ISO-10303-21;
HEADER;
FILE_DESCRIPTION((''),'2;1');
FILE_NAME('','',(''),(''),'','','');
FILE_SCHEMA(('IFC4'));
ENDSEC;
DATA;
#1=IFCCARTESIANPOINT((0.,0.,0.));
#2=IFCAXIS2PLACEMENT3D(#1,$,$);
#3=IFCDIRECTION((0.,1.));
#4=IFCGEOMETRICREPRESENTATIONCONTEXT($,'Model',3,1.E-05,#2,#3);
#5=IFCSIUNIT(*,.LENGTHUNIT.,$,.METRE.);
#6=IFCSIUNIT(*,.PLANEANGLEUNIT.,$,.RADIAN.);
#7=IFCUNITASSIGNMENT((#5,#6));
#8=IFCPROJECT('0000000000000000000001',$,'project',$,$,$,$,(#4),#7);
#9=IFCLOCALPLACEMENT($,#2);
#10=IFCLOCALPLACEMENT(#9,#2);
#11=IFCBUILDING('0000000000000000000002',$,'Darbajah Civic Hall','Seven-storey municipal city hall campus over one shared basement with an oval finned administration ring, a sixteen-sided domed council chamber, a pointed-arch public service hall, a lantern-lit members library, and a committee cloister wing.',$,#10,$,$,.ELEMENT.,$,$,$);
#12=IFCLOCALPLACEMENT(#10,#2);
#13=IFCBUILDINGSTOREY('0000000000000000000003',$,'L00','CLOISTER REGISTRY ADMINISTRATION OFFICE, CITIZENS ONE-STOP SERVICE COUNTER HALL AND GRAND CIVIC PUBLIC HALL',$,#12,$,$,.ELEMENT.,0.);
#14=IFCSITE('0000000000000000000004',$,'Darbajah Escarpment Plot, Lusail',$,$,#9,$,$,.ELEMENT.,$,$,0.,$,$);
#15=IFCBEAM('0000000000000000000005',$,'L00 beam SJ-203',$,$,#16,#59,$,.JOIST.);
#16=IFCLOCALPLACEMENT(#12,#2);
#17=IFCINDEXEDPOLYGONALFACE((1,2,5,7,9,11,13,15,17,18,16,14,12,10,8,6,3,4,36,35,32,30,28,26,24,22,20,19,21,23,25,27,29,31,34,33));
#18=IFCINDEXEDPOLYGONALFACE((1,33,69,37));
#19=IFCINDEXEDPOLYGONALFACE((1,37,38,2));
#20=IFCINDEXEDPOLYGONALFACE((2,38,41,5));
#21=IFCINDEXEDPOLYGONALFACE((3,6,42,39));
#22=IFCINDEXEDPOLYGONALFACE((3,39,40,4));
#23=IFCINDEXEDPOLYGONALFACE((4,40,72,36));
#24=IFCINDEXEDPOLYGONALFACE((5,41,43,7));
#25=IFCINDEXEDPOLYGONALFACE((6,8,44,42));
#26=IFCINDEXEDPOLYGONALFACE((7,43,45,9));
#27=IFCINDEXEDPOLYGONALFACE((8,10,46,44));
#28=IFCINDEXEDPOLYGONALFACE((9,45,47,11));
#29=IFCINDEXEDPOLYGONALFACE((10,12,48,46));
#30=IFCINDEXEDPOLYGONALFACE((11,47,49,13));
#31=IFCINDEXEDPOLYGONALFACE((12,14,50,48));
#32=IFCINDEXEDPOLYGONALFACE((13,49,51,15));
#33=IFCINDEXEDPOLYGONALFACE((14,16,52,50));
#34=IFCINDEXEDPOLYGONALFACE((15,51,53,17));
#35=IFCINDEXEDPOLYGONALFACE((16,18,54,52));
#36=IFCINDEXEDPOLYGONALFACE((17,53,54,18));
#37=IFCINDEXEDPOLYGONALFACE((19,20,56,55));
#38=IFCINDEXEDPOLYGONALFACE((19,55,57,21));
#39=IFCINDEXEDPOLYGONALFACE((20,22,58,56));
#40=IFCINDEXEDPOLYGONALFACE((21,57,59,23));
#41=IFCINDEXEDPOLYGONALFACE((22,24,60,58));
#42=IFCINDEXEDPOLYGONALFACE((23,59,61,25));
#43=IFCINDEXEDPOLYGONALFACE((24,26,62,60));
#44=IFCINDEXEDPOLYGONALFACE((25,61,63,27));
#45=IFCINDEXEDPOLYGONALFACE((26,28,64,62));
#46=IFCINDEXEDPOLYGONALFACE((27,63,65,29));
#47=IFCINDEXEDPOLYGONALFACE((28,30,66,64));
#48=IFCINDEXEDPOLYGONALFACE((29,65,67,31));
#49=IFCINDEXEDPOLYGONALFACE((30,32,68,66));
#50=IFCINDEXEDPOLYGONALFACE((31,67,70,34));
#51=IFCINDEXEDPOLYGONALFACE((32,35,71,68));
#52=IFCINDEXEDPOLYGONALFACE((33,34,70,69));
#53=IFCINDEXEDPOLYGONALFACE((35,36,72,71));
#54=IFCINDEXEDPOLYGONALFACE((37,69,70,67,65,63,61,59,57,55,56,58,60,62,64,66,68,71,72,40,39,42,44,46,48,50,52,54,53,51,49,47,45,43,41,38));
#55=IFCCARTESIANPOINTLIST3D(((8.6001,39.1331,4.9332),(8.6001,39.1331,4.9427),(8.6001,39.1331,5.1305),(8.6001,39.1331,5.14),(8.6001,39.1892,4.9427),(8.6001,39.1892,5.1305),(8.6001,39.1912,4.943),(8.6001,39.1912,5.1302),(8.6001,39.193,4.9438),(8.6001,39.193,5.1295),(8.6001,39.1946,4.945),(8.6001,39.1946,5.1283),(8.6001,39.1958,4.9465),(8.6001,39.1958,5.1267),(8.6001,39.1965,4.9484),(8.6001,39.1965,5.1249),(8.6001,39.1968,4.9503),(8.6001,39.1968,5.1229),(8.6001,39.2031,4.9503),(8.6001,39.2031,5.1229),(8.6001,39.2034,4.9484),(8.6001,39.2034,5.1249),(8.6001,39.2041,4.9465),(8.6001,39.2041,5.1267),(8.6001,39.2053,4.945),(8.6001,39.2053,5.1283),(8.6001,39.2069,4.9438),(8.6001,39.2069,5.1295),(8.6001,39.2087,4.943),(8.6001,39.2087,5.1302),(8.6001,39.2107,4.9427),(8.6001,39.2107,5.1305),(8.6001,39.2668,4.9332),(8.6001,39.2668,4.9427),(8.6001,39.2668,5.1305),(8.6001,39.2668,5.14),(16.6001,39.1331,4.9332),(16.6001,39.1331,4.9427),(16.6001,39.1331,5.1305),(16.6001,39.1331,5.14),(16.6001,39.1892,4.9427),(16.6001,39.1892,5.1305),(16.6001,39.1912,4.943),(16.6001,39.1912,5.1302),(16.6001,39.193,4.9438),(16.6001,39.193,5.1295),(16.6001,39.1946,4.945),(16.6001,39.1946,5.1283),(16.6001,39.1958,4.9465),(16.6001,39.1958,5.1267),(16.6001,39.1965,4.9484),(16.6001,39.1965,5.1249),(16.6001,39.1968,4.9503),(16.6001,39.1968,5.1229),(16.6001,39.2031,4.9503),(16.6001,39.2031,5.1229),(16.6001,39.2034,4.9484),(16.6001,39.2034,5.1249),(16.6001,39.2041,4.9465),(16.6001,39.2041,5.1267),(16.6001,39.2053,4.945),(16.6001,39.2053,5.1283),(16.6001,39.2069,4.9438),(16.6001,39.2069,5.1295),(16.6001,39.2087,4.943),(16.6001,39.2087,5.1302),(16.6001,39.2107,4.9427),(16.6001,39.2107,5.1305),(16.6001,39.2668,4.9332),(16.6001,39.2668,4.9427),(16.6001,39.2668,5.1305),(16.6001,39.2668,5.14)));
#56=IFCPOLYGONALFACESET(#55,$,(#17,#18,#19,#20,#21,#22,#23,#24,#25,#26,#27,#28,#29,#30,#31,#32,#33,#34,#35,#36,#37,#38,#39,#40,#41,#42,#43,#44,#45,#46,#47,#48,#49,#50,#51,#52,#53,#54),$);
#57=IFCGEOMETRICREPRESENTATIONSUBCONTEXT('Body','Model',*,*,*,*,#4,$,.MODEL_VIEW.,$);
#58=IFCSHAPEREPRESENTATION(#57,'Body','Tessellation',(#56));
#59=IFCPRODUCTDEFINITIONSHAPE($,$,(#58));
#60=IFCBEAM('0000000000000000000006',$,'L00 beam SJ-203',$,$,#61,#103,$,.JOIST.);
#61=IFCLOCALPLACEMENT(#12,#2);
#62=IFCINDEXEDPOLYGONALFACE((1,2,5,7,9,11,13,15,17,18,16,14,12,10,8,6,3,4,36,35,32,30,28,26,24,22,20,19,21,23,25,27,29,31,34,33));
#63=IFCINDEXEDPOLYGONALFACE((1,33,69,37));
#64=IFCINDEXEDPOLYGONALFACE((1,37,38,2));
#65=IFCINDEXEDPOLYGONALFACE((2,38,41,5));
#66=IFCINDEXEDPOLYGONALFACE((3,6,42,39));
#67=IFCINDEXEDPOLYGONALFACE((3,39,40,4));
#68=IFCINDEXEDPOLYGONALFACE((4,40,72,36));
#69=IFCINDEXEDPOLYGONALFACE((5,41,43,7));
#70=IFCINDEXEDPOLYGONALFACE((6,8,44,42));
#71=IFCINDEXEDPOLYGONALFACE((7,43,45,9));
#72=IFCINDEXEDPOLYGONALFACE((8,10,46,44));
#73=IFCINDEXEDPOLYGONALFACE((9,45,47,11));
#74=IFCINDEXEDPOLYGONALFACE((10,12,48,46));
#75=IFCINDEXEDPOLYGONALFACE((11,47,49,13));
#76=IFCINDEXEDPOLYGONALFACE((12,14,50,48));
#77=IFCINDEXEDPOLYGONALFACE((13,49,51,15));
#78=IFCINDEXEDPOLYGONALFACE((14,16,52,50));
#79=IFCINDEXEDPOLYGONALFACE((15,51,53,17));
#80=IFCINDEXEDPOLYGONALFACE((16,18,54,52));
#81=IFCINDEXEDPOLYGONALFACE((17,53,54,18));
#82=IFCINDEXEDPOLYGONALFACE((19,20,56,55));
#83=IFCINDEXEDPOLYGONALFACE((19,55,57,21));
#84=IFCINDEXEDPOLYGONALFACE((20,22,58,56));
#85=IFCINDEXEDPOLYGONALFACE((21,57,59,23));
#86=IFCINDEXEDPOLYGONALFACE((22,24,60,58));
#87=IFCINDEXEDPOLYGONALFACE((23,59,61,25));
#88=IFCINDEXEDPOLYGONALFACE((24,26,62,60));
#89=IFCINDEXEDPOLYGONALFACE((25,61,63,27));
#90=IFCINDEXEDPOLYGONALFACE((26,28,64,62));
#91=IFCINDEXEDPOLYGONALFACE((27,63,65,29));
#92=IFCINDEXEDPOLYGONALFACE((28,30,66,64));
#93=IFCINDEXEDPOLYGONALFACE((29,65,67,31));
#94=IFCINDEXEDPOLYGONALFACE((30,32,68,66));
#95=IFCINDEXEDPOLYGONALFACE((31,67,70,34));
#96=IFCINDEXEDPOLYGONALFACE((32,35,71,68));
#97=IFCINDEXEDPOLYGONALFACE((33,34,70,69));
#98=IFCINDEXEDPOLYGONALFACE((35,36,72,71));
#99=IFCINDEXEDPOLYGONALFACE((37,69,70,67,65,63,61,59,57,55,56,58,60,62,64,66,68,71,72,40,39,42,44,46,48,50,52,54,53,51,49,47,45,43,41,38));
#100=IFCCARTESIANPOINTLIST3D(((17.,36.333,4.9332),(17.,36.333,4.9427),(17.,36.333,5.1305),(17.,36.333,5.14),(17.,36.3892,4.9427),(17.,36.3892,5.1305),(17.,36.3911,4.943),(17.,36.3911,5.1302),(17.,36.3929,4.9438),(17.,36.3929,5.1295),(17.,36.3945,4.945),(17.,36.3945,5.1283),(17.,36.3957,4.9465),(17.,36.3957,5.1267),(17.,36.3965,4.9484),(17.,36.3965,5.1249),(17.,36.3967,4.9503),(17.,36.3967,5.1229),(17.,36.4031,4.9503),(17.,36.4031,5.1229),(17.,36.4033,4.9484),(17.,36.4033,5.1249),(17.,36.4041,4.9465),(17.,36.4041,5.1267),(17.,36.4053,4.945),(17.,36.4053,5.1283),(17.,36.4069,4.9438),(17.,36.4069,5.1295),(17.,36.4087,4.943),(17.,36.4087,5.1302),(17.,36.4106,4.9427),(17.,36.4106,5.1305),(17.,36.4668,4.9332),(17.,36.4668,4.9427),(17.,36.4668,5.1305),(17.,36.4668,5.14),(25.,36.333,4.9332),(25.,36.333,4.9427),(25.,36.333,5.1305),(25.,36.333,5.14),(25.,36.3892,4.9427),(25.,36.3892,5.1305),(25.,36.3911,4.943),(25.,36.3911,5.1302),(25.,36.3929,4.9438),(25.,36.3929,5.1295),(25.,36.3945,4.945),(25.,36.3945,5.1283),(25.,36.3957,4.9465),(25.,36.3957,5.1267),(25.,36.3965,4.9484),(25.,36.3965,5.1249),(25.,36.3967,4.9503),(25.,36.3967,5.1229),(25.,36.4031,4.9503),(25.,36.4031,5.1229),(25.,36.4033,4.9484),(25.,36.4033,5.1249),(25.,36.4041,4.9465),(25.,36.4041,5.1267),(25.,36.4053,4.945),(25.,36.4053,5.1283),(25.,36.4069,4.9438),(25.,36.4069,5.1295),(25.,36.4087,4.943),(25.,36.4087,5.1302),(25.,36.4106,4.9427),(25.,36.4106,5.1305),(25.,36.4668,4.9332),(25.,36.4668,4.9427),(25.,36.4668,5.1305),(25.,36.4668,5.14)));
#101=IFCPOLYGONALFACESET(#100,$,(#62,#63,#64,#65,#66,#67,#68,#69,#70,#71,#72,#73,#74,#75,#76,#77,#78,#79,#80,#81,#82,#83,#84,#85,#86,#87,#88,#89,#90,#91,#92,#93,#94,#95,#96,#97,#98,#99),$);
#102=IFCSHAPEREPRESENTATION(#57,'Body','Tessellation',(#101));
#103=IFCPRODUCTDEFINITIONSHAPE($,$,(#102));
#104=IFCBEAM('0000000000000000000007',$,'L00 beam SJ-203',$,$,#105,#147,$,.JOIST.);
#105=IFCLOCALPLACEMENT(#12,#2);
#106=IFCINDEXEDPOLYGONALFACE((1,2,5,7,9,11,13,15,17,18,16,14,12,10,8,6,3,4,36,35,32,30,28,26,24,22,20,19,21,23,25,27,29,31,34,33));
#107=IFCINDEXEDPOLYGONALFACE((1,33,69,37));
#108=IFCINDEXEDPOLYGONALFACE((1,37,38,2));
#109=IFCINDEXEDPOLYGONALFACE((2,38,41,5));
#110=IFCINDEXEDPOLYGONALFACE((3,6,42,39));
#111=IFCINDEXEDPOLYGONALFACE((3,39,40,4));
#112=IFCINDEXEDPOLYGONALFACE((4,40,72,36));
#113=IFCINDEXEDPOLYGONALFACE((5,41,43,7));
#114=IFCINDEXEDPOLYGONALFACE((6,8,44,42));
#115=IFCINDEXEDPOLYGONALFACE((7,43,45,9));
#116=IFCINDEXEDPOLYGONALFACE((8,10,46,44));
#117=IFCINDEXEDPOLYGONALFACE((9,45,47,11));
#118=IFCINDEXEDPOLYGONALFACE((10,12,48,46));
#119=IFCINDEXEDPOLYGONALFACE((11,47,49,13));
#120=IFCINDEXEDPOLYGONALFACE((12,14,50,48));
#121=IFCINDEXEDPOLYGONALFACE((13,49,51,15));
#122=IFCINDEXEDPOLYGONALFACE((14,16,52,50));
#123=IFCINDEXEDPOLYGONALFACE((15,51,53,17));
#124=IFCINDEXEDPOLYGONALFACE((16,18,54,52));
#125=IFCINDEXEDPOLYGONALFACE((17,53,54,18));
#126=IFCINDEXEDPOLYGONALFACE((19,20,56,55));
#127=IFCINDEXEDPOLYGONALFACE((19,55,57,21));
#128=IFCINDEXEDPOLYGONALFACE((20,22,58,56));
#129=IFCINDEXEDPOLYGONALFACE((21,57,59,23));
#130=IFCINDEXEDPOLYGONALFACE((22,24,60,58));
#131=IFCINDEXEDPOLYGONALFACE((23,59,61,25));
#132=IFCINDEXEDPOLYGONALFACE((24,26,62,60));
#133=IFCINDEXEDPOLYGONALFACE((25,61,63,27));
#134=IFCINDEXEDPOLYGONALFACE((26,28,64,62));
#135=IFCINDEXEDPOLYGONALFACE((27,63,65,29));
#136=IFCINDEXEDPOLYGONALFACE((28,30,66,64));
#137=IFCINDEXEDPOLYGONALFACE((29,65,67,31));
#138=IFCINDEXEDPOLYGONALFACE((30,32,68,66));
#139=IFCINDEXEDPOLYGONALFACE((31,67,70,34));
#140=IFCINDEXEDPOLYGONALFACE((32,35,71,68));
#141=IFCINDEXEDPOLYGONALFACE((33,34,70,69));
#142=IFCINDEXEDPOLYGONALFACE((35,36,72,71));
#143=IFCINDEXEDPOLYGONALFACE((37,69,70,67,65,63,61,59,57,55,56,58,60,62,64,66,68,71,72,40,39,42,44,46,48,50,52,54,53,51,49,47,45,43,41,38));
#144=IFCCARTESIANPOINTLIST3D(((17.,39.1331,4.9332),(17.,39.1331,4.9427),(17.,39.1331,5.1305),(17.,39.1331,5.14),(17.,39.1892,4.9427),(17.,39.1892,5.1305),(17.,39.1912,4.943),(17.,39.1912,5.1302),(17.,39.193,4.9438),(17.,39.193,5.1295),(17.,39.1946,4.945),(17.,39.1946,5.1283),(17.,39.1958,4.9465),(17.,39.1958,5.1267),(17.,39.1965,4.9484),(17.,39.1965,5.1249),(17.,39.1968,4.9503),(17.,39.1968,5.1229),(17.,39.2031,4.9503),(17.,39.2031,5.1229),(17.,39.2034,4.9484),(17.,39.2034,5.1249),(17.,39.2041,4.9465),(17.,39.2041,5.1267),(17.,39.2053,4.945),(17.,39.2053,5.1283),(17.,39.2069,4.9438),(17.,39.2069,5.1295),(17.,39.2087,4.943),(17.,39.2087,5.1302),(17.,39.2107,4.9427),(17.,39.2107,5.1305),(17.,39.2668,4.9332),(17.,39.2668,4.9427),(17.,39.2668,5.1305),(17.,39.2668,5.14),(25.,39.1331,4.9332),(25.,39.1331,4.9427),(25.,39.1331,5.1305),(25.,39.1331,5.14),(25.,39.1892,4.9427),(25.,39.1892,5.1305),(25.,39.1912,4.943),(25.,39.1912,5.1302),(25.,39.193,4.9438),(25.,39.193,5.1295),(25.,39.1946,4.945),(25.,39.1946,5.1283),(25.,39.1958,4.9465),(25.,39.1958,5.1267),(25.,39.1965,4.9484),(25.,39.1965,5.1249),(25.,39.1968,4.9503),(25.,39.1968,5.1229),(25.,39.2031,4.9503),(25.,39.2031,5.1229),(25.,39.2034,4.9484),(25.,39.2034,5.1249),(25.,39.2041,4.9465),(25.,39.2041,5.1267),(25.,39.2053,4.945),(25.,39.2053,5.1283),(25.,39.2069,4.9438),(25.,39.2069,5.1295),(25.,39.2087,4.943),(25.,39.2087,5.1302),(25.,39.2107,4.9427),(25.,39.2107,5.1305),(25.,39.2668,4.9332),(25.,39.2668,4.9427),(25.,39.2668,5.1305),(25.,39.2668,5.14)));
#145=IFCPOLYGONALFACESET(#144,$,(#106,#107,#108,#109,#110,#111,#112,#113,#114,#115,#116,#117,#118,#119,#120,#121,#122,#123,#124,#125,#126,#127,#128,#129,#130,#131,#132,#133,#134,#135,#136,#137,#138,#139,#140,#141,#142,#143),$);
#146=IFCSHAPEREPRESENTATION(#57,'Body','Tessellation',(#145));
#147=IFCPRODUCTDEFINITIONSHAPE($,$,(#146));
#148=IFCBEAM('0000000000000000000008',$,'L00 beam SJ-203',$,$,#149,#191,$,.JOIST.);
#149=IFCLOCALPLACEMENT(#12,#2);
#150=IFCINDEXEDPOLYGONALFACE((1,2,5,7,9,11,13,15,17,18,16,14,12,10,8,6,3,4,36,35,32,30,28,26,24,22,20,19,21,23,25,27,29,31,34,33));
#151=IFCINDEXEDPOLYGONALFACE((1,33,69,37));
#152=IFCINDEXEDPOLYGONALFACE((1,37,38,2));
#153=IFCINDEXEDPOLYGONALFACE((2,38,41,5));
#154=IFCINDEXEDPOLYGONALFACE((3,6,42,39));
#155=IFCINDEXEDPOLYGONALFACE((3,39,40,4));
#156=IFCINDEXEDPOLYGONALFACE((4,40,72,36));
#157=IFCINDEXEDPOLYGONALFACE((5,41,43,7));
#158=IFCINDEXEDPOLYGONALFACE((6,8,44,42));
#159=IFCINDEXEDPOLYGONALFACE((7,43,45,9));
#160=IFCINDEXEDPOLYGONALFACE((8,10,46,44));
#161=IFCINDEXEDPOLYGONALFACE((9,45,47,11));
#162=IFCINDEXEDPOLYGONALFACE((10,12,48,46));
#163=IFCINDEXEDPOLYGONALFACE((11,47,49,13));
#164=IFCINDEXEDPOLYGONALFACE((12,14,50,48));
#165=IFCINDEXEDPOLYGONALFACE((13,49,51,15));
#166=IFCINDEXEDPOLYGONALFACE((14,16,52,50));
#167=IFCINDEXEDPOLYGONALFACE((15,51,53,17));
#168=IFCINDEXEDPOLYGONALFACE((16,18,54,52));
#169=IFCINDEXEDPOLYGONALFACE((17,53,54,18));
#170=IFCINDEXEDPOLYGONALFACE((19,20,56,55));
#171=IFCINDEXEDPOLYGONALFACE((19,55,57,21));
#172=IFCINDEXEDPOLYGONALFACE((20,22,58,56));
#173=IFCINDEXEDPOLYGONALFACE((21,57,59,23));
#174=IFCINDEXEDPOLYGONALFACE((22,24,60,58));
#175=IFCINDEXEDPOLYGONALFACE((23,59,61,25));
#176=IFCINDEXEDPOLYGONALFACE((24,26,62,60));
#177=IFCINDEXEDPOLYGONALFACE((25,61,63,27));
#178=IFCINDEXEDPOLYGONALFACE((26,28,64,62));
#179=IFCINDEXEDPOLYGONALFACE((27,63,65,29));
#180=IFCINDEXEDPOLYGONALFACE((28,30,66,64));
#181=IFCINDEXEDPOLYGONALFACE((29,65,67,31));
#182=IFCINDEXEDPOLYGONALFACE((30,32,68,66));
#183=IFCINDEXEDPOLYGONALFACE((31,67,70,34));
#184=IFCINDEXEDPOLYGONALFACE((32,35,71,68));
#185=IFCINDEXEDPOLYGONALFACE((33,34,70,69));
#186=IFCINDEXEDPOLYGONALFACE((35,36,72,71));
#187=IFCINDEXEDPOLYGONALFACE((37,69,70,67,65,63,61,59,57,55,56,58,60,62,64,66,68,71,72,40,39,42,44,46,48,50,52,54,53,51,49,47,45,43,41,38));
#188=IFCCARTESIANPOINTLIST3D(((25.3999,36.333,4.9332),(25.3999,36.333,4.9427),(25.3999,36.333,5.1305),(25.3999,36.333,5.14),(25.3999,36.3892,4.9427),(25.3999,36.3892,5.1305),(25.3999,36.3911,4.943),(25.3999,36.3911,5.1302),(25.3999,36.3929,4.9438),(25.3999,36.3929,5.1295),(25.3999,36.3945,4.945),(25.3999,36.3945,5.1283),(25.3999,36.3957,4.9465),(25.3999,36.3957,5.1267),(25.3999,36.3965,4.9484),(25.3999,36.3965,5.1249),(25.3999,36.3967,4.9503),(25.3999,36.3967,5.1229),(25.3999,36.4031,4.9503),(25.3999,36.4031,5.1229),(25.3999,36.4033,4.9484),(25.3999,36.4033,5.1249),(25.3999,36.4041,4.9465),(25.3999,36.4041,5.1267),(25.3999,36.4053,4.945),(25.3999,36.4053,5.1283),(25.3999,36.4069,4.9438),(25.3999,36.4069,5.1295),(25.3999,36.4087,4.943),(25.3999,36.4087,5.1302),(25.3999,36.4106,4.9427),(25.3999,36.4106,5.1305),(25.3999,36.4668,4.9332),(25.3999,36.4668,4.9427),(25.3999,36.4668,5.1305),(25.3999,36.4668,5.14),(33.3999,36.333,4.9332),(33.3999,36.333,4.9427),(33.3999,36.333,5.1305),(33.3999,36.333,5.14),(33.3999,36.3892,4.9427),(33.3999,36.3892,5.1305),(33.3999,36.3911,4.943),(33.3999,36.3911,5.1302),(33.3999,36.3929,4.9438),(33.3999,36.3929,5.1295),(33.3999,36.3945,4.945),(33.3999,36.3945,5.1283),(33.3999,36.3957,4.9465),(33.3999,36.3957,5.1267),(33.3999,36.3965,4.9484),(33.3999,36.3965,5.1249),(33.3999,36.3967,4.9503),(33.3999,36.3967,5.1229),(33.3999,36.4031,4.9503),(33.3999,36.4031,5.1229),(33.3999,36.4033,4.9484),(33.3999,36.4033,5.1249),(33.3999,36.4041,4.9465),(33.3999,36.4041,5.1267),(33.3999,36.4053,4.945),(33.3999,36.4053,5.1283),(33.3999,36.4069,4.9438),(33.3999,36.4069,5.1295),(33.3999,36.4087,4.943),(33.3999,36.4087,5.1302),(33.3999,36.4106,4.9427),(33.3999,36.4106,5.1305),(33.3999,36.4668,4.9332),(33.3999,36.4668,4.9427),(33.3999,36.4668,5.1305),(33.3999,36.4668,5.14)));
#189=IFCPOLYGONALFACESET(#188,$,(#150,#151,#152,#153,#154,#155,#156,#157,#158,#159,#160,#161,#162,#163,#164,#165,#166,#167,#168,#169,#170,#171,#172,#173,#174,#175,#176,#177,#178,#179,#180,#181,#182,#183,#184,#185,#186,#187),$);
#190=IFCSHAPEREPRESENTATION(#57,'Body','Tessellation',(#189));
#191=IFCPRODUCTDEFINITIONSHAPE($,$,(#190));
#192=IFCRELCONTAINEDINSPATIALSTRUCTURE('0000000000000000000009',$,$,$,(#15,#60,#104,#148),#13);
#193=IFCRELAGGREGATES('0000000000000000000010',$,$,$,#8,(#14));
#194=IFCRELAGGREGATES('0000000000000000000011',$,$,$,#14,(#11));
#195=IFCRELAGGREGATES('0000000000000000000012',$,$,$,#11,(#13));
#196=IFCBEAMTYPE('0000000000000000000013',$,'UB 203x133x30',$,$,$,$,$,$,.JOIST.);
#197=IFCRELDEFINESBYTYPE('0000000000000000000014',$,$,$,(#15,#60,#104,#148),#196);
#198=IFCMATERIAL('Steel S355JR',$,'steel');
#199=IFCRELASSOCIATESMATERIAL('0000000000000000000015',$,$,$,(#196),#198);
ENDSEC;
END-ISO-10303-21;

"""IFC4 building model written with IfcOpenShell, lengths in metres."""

from ifc_helpers import new_model, si_unit, direction, frame, origin, origin_2d, place, context, subcontext, project, spatial, i_section, extrude, material, material_profile, profile_set, type_object, element, save


model = new_model("IFC4")

# Units and contexts
model_context = context("Model", 3, precision=1e-05, world=origin(), true_north=direction((0.0, 1.0)))
body_context = subcontext(model_context, "Body", "Model", "MODEL_VIEW")
ifc_project = project(units=[si_unit("LENGTHUNIT", "METRE"), si_unit("PLANEANGLEUNIT", "RADIAN")], contexts=[model_context])

# Site, building, storey
site_placement = place(None, origin())
site = spatial("IfcSite", under=ifc_project, at=site_placement, Name="Darbajah Escarpment Plot, Lusail", CompositionType="ELEMENT", RefElevation=0.0)
building_placement = place(site_placement, origin())
building = spatial("IfcBuilding", under=site, at=building_placement, Name="Darbajah Civic Hall", Description="Seven-storey municipal city hall campus over one shared basement with an oval finned administration ring, a sixteen-sided domed council chamber, a pointed-arch public service hall, a lantern-lit members library, and a committee cloister wing.", CompositionType="ELEMENT")
storey_placement = place(building_placement, origin())
storey = spatial("IfcBuildingStorey", under=building, at=storey_placement, Name="L00", Description="CLOISTER REGISTRY ADMINISTRATION OFFICE, CITIZENS ONE-STOP SERVICE COUNTER HALL AND GRAND CIVIC PUBLIC HALL", CompositionType="ELEMENT", Elevation=0.0)

# Beams
ifc_material_1 = material(Name="Steel S355JR", Category="steel")
ifc_material_profile_1 = material_profile(ifc_material_1, i_section(OverallWidth=0.1338, OverallDepth=0.2068, WebThickness=0.0063, FlangeThickness=0.0095, FilletRadius=0.0076, at=origin_2d()), Name="UB 203x133x30")
ifc_profile_set_1 = profile_set([ifc_material_profile_1], Name="Steel S355JR")
beam_type_1 = type_object("IfcBeamType", Name="UB 203x133x30", PredefinedType="JOIST", material=ifc_profile_set_1)
for number, where, z_axis, x_axis, name in (
    (1, (8.6001, 39.2, 5.0366), (1.0, 0.0, 0.0), (0.0, 1.0, 0.0), "L00 beam SJ-203"),
    (2, (17.0, 36.3999, 5.0366), (1.0, 0.0, 0.0), (0.0, 1.0, 0.0), "L00 beam SJ-203"),
    (3, (17.0, 39.2, 5.0366), (1.0, 0.0, 0.0), (0.0, 1.0, 0.0), "L00 beam SJ-203"),
    (4, (25.3999, 36.3999, 5.0366), (1.0, 0.0, 0.0), (0.0, 1.0, 0.0), "L00 beam SJ-203"),
):
    element("IfcBeam", number, at=place(storey_placement, frame(where, z_axis=z_axis, x_axis=x_axis)), inside=storey, type_object=beam_type_1, Name=name, PredefinedType="JOIST", context=body_context, shape_type="SweptSolid", body=[
        extrude(i_section(OverallWidth=0.1338, OverallDepth=0.2068, WebThickness=0.0063, FlangeThickness=0.0095, FilletRadius=0.0076, at=origin_2d()), origin(), (0.0, 0.0, 1.0), 8.0),
    ])

save(model, "model.ifc")
